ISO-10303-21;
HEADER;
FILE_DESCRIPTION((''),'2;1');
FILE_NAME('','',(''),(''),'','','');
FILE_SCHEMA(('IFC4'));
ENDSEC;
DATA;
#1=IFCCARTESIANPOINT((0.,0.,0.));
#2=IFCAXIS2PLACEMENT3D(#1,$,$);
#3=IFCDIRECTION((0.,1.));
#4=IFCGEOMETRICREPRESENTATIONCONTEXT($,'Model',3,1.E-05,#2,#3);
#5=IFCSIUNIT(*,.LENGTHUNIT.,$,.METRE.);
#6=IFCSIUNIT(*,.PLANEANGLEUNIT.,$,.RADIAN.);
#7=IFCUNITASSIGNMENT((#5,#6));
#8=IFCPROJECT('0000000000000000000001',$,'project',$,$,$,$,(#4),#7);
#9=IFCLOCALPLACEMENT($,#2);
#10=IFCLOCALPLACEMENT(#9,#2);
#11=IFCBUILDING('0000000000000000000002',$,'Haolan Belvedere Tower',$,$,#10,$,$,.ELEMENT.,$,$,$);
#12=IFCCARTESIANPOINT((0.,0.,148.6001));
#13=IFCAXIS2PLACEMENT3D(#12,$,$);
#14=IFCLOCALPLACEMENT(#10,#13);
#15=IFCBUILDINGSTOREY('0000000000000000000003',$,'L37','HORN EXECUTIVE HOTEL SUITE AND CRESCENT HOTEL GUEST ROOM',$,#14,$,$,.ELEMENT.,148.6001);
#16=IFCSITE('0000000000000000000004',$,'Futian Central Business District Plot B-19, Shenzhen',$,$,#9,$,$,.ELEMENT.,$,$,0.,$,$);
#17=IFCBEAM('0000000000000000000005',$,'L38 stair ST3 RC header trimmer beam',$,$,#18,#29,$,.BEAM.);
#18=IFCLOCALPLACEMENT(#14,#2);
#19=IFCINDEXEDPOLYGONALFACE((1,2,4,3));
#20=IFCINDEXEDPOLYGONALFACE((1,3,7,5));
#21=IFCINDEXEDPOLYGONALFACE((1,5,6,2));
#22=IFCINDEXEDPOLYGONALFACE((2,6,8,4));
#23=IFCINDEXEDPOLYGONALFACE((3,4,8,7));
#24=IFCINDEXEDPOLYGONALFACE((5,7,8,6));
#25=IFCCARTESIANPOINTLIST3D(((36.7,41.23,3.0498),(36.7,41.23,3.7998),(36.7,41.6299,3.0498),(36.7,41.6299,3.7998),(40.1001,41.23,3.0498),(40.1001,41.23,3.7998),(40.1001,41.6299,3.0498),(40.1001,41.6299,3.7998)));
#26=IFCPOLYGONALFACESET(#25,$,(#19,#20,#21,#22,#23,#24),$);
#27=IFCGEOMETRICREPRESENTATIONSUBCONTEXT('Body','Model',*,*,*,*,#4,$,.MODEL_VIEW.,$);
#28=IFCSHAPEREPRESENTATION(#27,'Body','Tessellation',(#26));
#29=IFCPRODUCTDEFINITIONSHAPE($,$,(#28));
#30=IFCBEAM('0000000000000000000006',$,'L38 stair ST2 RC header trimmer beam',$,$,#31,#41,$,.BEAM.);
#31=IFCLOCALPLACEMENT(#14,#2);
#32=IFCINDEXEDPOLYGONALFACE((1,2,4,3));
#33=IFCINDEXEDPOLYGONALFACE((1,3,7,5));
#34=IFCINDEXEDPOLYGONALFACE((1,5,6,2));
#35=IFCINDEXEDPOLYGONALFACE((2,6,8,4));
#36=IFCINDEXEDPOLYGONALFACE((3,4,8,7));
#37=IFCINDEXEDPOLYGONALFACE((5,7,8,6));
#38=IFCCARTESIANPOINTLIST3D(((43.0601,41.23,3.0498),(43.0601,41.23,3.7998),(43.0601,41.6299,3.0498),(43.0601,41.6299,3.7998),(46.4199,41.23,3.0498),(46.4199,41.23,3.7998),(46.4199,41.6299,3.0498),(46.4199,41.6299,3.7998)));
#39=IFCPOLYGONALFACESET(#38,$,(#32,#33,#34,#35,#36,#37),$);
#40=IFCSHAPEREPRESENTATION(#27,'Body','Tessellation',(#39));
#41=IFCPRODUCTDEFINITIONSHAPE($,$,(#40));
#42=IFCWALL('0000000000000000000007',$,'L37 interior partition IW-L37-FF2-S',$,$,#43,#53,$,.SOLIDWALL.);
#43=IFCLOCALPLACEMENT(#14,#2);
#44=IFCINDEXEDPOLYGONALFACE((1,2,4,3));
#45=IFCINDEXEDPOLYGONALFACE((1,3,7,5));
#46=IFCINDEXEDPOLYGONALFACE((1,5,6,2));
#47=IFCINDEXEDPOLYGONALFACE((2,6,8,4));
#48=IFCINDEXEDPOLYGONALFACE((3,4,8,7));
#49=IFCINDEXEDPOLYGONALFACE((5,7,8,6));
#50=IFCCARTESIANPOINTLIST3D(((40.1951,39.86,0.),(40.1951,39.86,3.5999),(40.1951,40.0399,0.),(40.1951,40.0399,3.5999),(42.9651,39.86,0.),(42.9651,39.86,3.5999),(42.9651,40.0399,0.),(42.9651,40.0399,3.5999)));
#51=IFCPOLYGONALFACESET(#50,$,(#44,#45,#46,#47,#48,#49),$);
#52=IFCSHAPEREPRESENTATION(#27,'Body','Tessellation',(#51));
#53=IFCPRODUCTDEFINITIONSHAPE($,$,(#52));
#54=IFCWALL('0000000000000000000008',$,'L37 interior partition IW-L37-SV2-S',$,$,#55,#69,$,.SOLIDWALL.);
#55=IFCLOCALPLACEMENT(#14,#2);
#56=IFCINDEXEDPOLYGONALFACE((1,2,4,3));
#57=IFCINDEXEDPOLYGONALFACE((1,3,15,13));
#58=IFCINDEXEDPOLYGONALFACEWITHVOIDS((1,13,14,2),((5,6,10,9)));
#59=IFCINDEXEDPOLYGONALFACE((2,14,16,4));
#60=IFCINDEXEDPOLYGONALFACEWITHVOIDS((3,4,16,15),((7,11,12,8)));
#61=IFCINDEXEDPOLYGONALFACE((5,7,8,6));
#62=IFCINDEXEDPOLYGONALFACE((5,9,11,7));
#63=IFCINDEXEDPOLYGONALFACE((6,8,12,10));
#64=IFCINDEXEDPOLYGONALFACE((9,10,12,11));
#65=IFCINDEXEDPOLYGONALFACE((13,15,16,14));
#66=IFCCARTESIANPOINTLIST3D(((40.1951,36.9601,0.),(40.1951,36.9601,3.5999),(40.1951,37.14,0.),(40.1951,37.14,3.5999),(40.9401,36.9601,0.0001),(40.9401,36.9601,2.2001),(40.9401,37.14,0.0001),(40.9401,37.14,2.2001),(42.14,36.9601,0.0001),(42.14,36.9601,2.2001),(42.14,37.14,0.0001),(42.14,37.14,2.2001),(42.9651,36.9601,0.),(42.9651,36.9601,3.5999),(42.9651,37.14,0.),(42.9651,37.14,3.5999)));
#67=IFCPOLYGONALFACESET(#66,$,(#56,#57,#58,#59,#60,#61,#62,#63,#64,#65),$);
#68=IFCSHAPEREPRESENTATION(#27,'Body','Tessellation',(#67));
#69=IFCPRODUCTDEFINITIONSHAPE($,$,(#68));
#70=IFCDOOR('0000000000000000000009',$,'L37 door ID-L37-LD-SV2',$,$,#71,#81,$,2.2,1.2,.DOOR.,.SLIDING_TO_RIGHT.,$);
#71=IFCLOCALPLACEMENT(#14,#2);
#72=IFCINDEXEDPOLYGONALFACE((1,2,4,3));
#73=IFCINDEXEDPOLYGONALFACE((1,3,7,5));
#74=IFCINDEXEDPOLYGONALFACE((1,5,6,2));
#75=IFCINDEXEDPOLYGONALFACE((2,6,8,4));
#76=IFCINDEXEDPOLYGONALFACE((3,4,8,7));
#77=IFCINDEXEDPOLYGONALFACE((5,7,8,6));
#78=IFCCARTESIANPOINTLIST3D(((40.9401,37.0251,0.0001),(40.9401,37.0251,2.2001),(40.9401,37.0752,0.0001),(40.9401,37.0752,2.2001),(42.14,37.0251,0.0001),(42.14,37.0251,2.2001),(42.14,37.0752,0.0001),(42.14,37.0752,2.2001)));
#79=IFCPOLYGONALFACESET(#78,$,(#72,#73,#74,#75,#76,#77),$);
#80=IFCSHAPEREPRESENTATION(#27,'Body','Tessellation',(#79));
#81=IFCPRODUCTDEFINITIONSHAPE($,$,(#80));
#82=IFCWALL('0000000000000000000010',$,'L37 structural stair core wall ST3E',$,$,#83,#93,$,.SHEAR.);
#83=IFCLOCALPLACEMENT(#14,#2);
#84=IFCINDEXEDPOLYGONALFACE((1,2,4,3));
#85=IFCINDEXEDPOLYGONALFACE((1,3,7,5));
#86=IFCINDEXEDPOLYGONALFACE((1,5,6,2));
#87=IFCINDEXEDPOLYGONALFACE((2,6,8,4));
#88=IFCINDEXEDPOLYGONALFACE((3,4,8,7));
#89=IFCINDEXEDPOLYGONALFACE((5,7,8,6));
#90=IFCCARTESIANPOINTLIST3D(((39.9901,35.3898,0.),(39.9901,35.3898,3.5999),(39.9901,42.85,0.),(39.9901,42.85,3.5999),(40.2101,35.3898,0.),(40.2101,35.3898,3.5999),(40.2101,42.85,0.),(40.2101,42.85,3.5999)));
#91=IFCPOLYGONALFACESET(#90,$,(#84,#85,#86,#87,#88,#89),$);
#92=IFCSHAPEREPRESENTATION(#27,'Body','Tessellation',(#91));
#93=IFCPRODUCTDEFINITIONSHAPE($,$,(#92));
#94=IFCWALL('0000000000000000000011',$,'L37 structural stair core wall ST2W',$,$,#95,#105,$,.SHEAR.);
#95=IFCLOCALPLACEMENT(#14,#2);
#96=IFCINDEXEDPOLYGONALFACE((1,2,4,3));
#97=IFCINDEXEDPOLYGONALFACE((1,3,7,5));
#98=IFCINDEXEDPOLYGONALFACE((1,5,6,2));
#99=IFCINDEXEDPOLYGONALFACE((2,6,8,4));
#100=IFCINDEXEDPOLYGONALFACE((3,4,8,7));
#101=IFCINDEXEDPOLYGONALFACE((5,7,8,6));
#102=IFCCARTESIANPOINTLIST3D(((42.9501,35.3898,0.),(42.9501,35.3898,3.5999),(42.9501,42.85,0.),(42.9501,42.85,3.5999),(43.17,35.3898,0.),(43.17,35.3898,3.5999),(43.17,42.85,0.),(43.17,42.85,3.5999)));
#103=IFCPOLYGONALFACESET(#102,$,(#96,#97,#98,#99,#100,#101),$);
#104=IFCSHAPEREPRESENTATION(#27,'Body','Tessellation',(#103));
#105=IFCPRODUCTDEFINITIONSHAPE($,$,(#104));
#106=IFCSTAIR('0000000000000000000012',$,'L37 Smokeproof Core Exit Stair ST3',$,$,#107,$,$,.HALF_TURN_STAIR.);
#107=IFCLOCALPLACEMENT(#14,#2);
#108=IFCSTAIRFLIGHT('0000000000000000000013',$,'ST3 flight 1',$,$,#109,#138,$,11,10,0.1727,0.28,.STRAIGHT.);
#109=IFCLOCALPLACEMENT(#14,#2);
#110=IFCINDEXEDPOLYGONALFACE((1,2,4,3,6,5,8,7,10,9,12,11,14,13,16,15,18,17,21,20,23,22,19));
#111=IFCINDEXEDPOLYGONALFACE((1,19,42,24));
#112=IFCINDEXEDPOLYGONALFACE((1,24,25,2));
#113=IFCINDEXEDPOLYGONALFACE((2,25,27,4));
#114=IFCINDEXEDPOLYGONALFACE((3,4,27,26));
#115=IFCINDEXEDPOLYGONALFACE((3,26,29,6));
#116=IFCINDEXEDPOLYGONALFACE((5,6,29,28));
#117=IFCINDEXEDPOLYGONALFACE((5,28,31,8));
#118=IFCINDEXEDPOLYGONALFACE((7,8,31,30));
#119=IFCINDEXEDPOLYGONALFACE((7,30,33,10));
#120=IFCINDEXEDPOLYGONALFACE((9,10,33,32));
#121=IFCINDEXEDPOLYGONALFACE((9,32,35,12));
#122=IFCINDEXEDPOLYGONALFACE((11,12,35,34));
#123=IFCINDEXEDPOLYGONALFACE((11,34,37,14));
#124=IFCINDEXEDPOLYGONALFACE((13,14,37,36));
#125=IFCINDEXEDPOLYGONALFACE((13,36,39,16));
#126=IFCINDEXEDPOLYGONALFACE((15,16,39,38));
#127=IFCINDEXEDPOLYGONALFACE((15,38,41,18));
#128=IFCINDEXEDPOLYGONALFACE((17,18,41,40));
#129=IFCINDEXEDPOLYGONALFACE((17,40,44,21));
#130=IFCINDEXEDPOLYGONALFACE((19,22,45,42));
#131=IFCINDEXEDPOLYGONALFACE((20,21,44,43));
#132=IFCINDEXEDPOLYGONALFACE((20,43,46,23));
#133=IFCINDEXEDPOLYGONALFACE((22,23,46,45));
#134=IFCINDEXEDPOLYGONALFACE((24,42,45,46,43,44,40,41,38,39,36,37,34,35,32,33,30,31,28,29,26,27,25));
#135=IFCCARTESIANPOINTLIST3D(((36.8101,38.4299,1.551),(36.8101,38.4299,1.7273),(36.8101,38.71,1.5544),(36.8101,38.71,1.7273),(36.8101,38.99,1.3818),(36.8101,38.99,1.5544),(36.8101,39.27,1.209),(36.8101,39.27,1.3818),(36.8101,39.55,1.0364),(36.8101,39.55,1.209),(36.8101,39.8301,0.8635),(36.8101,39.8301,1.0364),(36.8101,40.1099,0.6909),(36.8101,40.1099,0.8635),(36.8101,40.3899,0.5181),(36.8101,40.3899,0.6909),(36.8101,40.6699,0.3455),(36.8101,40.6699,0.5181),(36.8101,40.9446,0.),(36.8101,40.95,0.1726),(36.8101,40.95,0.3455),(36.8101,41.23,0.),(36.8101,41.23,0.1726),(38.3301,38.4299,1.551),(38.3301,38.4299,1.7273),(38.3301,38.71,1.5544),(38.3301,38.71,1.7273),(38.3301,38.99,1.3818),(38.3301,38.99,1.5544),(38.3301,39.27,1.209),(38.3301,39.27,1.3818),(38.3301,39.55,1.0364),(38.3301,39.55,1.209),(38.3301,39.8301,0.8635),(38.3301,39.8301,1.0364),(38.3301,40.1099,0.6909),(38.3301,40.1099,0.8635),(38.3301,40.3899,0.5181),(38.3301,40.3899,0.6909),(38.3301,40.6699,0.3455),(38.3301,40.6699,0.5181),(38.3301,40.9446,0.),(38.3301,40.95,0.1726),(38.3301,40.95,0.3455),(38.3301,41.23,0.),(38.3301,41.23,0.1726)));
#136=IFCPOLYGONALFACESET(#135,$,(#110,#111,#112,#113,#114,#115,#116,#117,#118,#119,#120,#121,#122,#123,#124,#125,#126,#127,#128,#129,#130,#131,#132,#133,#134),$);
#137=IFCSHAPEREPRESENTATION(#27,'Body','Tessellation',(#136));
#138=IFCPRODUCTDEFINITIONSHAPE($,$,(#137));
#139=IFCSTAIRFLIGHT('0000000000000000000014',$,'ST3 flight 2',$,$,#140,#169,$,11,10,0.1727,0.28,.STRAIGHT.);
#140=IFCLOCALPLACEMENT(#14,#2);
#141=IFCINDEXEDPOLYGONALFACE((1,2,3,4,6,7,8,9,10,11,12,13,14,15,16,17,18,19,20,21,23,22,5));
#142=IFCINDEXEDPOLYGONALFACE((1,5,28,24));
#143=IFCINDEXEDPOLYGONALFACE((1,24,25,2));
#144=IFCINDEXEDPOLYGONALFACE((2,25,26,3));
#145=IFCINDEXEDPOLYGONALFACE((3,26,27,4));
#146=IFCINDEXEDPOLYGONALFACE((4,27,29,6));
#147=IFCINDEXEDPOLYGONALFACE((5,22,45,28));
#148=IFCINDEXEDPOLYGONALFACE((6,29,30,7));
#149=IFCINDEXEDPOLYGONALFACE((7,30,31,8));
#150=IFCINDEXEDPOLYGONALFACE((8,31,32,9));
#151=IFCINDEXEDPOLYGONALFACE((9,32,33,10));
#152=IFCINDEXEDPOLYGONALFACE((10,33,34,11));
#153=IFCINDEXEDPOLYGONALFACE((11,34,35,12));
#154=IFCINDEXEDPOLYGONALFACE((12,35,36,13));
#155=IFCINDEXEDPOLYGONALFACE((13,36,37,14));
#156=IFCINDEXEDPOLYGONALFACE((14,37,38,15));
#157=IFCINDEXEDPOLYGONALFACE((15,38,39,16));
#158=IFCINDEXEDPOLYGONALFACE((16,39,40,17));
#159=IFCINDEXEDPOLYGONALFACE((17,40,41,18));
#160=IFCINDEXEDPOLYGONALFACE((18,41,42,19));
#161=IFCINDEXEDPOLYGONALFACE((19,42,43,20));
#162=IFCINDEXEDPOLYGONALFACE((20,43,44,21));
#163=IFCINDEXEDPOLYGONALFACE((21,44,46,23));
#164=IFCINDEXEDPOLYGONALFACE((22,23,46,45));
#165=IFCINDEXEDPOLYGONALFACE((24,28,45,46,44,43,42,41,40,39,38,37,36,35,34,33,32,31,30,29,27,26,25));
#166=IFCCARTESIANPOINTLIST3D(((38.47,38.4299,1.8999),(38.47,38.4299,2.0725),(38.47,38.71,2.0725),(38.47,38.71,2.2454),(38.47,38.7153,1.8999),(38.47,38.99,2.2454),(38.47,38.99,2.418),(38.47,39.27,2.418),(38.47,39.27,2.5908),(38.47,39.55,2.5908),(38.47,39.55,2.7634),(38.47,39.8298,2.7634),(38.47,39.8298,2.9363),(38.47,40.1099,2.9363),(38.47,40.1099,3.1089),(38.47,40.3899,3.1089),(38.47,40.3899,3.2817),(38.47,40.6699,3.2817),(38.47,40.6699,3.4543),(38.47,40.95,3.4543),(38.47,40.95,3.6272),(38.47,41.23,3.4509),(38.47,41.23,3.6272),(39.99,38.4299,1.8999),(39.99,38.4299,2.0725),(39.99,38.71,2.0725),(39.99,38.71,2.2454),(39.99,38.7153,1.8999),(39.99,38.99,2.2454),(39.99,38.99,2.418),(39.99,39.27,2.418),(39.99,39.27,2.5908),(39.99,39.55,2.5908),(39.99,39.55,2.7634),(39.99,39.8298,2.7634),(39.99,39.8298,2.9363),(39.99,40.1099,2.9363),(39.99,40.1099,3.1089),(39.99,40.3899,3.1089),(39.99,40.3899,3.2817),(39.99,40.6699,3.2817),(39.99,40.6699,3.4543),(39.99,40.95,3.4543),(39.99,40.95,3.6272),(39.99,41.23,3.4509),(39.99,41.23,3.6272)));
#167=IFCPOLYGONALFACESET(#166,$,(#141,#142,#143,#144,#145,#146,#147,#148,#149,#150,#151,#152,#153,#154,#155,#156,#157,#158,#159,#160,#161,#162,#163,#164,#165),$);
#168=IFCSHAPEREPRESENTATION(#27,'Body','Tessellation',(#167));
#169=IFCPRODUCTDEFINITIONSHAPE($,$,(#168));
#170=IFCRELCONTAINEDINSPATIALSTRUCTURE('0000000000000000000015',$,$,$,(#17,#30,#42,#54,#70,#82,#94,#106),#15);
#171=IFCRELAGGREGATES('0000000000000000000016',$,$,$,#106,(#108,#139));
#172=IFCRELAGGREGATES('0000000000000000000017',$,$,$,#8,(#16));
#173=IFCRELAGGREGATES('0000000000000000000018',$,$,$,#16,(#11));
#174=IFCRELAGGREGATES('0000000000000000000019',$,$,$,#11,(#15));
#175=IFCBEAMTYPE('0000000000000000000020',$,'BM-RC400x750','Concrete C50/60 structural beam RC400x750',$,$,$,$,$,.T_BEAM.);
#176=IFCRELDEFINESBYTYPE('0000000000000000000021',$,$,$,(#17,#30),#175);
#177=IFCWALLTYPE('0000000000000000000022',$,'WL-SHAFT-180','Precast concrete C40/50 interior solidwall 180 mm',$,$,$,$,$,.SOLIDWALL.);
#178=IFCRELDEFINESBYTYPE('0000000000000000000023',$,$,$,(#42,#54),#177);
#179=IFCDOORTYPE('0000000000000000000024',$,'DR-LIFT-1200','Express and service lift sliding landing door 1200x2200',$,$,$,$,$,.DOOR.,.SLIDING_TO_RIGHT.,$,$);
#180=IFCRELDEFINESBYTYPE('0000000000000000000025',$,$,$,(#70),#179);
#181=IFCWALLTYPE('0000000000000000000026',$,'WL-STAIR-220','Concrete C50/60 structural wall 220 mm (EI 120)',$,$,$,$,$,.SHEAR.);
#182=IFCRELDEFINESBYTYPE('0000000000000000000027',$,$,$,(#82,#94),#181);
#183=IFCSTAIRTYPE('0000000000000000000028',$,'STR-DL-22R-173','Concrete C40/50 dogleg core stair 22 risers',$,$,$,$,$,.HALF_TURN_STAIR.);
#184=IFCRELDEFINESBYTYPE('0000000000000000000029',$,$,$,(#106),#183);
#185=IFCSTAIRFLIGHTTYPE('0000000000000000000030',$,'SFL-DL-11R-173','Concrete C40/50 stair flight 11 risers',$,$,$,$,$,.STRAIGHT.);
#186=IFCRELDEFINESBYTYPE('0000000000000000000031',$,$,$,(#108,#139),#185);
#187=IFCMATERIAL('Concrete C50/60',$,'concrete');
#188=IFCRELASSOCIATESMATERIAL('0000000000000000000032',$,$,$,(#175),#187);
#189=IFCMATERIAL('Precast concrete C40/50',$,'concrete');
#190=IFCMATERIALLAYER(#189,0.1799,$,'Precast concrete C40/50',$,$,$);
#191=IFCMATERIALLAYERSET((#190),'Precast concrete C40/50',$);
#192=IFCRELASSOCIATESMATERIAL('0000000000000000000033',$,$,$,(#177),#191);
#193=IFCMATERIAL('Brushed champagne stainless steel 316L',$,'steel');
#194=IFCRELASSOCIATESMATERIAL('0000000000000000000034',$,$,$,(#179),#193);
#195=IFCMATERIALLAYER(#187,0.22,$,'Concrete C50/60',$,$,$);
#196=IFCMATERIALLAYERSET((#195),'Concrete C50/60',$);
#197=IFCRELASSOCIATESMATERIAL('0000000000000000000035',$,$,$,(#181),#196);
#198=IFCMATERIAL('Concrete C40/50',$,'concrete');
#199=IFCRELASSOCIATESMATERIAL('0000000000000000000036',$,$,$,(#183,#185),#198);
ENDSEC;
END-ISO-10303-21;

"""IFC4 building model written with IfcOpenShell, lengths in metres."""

from ifc_helpers import new_model, si_unit, direction, frame, frame_2d, origin, origin_2d, place, context, subcontext, project, spatial, polyline, rectangle, outline, extrude, material, layer, layer_set, material_profile, profile_set, type_object, element, fill, aggregate, save


model = new_model("IFC4")

# Units and contexts
model_context = context("Model", 3, precision=1e-05, world=origin(), true_north=direction((0.0, 1.0)))
body_context = subcontext(model_context, "Body", "Model", "MODEL_VIEW")
ifc_project = project(units=[si_unit("LENGTHUNIT", "METRE"), si_unit("PLANEANGLEUNIT", "RADIAN")], contexts=[model_context])

# Site, building, storey
site_placement = place(None, origin())
site = spatial("IfcSite", under=ifc_project, at=site_placement, Name="Futian Central Business District Plot B-19, Shenzhen", CompositionType="ELEMENT", RefElevation=0.0)
building_placement = place(site_placement, origin())
building = spatial("IfcBuilding", under=site, at=building_placement, Name="Haolan Belvedere Tower", CompositionType="ELEMENT")
storey_placement = place(building_placement, frame((0.0, 0.0, 148.6001)))
storey = spatial("IfcBuildingStorey", under=building, at=storey_placement, Name="L37", Description="HORN EXECUTIVE HOTEL SUITE AND CRESCENT HOTEL GUEST ROOM", CompositionType="ELEMENT", Elevation=148.6001)

# Beams
ifc_material_1 = material(Name="Concrete C50/60", Category="concrete")
ifc_material_profile = material_profile(ifc_material_1, rectangle(XDim=0.3999, YDim=0.75, at=origin_2d()), Name="Concrete C50/60")
ifc_profile_set = profile_set([ifc_material_profile], Name="Concrete C50/60")
beam_type = type_object("IfcBeamType", Name="BM-RC400x750", Description="Concrete C50/60 structural beam RC400x750", PredefinedType="T_BEAM", material=ifc_profile_set)
beam_1_placement = place(storey_placement, frame((36.7, 41.4299, 3.4248), z_axis=(1.0, 0.0, 0.0), x_axis=(0.0, 1.0, 0.0)))
element("IfcBeam", 1, at=beam_1_placement, inside=storey, type_object=beam_type, Name="L38 stair ST3 RC header trimmer beam", PredefinedType="BEAM", context=body_context, shape_type="SweptSolid", body=[
    extrude(rectangle(XDim=0.3999, YDim=0.75, at=origin_2d()), origin(), (0.0, 0.0, 1.0), 3.4001),
])
beam_2_placement = place(storey_placement, frame((43.0601, 41.4299, 3.4248), z_axis=(1.0, 0.0, 0.0), x_axis=(0.0, 1.0, 0.0)))
element("IfcBeam", 2, at=beam_2_placement, inside=storey, type_object=beam_type, Name="L38 stair ST2 RC header trimmer beam", PredefinedType="BEAM", context=body_context, shape_type="SweptSolid", body=[
    extrude(rectangle(XDim=0.3999, YDim=0.75, at=origin_2d()), origin(), (0.0, 0.0, 1.0), 3.3599),
])

# Wall
ifc_material_2 = material(Name="Precast concrete C40/50", Category="concrete")
ifc_layer_1 = layer(ifc_material_2, 0.1799, Name="Precast concrete C40/50")
ifc_layer_set_1 = layer_set([ifc_layer_1], Name="Precast concrete C40/50")
wall_type_1 = type_object("IfcWallType", Name="WL-SHAFT-180", Description="Precast concrete C40/50 interior solidwall 180 mm", PredefinedType="SOLIDWALL", material=ifc_layer_set_1)
wall_1_placement = place(storey_placement, frame((40.1951, 39.95, 0.0), z_axis=(0.0, 0.0, 1.0), x_axis=(1.0, 0.0, 0.0)))
element("IfcWall", 3, at=wall_1_placement, inside=storey, type_object=wall_type_1, Name="L37 interior partition IW-L37-FF2-S", PredefinedType="SOLIDWALL", context=body_context, shape_type="SweptSolid", body=[
    extrude(rectangle(XDim=2.77, YDim=0.1799, at=frame_2d((1.385, 0.0))), origin(), (0.0, 0.0, 1.0), 3.5999),
])

# Wall, opening, door
wall_2_placement = place(storey_placement, frame((40.1951, 37.05, 0.0), z_axis=(0.0, 0.0, 1.0), x_axis=(1.0, 0.0, 0.0)))
wall_2 = element("IfcWall", 4, at=wall_2_placement, inside=storey, type_object=wall_type_1, Name="L37 interior partition IW-L37-SV2-S", PredefinedType="SOLIDWALL", context=body_context, shape_type="SweptSolid", body=[
    extrude(rectangle(XDim=2.77, YDim=0.1799, at=frame_2d((1.385, 0.0))), origin(), (0.0, 0.0, 1.0), 3.5999),
])
opening_placement = place(wall_2_placement, frame((1.9451, 0.0, 0.0), z_axis=(0.0, 0.0, 1.0), x_axis=(-1.0, 0.0, 0.0)))
opening = element("IfcOpeningElement", 5, at=opening_placement, cuts=wall_2, PredefinedType="OPENING", context=body_context, shape_type="SweptSolid", body=[
    extrude(rectangle(XDim=1.2, YDim=2.2, at=frame_2d((0.6001, 1.1001))), frame((0.0, 0.0999, 0.0), z_axis=(0.0, -1.0, 0.0), x_axis=(1.0, 0.0, 0.0)), (0.0, 0.0, 1.0), 0.2),
])
ifc_material_3 = material(Name="Brushed champagne stainless steel 316L", Category="steel")
door_type = type_object("IfcDoorType", Name="DR-LIFT-1200", Description="Express and service lift sliding landing door 1200x2200", OperationType="SLIDING_TO_RIGHT", PredefinedType="DOOR", material=ifc_material_3)
door_placement = place(opening_placement, origin())
door = element("IfcDoor", 6, at=door_placement, inside=storey, type_object=door_type, Name="L37 door ID-L37-LD-SV2", OperationType="SLIDING_TO_RIGHT", OverallHeight=2.2, OverallWidth=1.2, PredefinedType="DOOR", context=body_context, shape_type="SweptSolid", body=[
    extrude(rectangle(XDim=1.2, YDim=2.2, at=frame_2d((0.6001, 1.1001))), frame((0.0, 0.0249, 0.0), z_axis=(0.0, -1.0, 0.0), x_axis=(1.0, 0.0, 0.0)), (0.0, 0.0, 1.0), 0.05),
])
fill(opening, door)

# Walls
ifc_layer_2 = layer(ifc_material_1, 0.22, Name="Concrete C50/60")
ifc_layer_set_2 = layer_set([ifc_layer_2], Name="Concrete C50/60")
wall_type_2 = type_object("IfcWallType", Name="WL-STAIR-220", Description="Concrete C50/60 structural wall 220 mm (EI 120)", PredefinedType="SHEAR", material=ifc_layer_set_2)
for number, where, z_axis, x_axis, name in (
    (7, (40.1001, 35.3899, 0.0), (0.0, 0.0, 1.0), (0.0, 1.0, 0.0), "L37 structural stair core wall ST3E"),
    (8, (43.0601, 35.3899, 0.0), (0.0, 0.0, 1.0), (0.0, 1.0, 0.0), "L37 structural stair core wall ST2W"),
):
    element("IfcWall", number, at=place(storey_placement, frame(where, z_axis=z_axis, x_axis=x_axis)), inside=storey, type_object=wall_type_2, Name=name, PredefinedType="SHEAR", context=body_context, shape_type="SweptSolid", body=[
        extrude(rectangle(XDim=7.4602, YDim=0.22, at=frame_2d((3.73, 0.0))), origin(), (0.0, 0.0, 1.0), 3.5999),
    ])

# Stair, stair flights
ifc_material_4 = material(Name="Concrete C40/50", Category="concrete")
stair_type = type_object("IfcStairType", Name="STR-DL-22R-173", Description="Concrete C40/50 dogleg core stair 22 risers", PredefinedType="HALF_TURN_STAIR", material=ifc_material_4)
stair_1_placement = place(storey_placement, origin())
stair_1 = element("IfcStair", 9, at=stair_1_placement, inside=storey, type_object=stair_type, Name="L37 Smokeproof Core Exit Stair ST3", PredefinedType="HALF_TURN_STAIR")
stair_flight_type = type_object("IfcStairFlightType", Name="SFL-DL-11R-173", Description="Concrete C40/50 stair flight 11 risers", PredefinedType="STRAIGHT", material=ifc_material_4)
stair_flight_1_placement = place(storey_placement, frame((37.5701, 41.23, 0.0), z_axis=(0.0, 0.0, 1.0), x_axis=(0.0, -1.0, 0.0)))
stair_flight_1 = element("IfcStairFlight", 10, at=stair_flight_1_placement, type_object=stair_flight_type, Name="ST3 flight 1", NumberOfRisers=11, NumberOfTreads=10, PredefinedType="STRAIGHT", RiserHeight=0.1727, TreadLength=0.28, context=body_context, shape_type="SweptSolid", body=[
    extrude(outline(polyline([(0.0, 0.0), (0.0, 0.1726), (0.28, 0.1726), (0.28, 0.3455), (0.5601, 0.3455), (0.5601, 0.5181), (0.8401, 0.5181), (0.8401, 0.6909), (1.1201, 0.6909), (1.1201, 0.8635), (1.3999, 0.8635), (1.3999, 1.0364), (1.6799, 1.0364), (1.6799, 1.209), (1.96, 1.209), (1.96, 1.3818), (2.24, 1.3818), (2.24, 1.5544), (2.52, 1.5544), (2.52, 1.7273), (2.8, 1.7273), (2.8, 1.8999), (2.8, 1.551), (0.2854, 0.0), (0.0, 0.0)])), frame((0.0, 0.76, 0.0), z_axis=(0.0, -1.0, 0.0), x_axis=(1.0, 0.0, 0.0)), (0.0, 0.0, 1.0), 1.52),
])
stair_flight_2_placement = place(storey_placement, frame((39.23, 38.4299, 1.8999), z_axis=(0.0, 0.0, 1.0), x_axis=(0.0, 1.0, 0.0)))
stair_flight_2 = element("IfcStairFlight", 11, at=stair_flight_2_placement, type_object=stair_flight_type, Name="ST3 flight 2", NumberOfRisers=11, NumberOfTreads=10, PredefinedType="STRAIGHT", RiserHeight=0.1727, TreadLength=0.28, context=body_context, shape_type="SweptSolid", body=[
    extrude(outline(polyline([(0.0, 0.0), (0.0, 0.1726), (0.28, 0.1726), (0.28, 0.3455), (0.5601, 0.3455), (0.5601, 0.5181), (0.8401, 0.5181), (0.8401, 0.6909), (1.1201, 0.6909), (1.1201, 0.8635), (1.3999, 0.8635), (1.3999, 1.0364), (1.6799, 1.0364), (1.6799, 1.209), (1.96, 1.209), (1.96, 1.3818), (2.24, 1.3818), (2.24, 1.5544), (2.52, 1.5544), (2.52, 1.7273), (2.8, 1.7273), (2.8, 1.8999), (2.8, 1.551), (0.2854, 0.0), (0.0, 0.0)])), frame((0.0, 0.76, 0.0), z_axis=(0.0, -1.0, 0.0), x_axis=(1.0, 0.0, 0.0)), (0.0, 0.0, 1.0), 1.52),
])
aggregate(stair_1, [stair_flight_1, stair_flight_2])

save(model, "model.ifc")
